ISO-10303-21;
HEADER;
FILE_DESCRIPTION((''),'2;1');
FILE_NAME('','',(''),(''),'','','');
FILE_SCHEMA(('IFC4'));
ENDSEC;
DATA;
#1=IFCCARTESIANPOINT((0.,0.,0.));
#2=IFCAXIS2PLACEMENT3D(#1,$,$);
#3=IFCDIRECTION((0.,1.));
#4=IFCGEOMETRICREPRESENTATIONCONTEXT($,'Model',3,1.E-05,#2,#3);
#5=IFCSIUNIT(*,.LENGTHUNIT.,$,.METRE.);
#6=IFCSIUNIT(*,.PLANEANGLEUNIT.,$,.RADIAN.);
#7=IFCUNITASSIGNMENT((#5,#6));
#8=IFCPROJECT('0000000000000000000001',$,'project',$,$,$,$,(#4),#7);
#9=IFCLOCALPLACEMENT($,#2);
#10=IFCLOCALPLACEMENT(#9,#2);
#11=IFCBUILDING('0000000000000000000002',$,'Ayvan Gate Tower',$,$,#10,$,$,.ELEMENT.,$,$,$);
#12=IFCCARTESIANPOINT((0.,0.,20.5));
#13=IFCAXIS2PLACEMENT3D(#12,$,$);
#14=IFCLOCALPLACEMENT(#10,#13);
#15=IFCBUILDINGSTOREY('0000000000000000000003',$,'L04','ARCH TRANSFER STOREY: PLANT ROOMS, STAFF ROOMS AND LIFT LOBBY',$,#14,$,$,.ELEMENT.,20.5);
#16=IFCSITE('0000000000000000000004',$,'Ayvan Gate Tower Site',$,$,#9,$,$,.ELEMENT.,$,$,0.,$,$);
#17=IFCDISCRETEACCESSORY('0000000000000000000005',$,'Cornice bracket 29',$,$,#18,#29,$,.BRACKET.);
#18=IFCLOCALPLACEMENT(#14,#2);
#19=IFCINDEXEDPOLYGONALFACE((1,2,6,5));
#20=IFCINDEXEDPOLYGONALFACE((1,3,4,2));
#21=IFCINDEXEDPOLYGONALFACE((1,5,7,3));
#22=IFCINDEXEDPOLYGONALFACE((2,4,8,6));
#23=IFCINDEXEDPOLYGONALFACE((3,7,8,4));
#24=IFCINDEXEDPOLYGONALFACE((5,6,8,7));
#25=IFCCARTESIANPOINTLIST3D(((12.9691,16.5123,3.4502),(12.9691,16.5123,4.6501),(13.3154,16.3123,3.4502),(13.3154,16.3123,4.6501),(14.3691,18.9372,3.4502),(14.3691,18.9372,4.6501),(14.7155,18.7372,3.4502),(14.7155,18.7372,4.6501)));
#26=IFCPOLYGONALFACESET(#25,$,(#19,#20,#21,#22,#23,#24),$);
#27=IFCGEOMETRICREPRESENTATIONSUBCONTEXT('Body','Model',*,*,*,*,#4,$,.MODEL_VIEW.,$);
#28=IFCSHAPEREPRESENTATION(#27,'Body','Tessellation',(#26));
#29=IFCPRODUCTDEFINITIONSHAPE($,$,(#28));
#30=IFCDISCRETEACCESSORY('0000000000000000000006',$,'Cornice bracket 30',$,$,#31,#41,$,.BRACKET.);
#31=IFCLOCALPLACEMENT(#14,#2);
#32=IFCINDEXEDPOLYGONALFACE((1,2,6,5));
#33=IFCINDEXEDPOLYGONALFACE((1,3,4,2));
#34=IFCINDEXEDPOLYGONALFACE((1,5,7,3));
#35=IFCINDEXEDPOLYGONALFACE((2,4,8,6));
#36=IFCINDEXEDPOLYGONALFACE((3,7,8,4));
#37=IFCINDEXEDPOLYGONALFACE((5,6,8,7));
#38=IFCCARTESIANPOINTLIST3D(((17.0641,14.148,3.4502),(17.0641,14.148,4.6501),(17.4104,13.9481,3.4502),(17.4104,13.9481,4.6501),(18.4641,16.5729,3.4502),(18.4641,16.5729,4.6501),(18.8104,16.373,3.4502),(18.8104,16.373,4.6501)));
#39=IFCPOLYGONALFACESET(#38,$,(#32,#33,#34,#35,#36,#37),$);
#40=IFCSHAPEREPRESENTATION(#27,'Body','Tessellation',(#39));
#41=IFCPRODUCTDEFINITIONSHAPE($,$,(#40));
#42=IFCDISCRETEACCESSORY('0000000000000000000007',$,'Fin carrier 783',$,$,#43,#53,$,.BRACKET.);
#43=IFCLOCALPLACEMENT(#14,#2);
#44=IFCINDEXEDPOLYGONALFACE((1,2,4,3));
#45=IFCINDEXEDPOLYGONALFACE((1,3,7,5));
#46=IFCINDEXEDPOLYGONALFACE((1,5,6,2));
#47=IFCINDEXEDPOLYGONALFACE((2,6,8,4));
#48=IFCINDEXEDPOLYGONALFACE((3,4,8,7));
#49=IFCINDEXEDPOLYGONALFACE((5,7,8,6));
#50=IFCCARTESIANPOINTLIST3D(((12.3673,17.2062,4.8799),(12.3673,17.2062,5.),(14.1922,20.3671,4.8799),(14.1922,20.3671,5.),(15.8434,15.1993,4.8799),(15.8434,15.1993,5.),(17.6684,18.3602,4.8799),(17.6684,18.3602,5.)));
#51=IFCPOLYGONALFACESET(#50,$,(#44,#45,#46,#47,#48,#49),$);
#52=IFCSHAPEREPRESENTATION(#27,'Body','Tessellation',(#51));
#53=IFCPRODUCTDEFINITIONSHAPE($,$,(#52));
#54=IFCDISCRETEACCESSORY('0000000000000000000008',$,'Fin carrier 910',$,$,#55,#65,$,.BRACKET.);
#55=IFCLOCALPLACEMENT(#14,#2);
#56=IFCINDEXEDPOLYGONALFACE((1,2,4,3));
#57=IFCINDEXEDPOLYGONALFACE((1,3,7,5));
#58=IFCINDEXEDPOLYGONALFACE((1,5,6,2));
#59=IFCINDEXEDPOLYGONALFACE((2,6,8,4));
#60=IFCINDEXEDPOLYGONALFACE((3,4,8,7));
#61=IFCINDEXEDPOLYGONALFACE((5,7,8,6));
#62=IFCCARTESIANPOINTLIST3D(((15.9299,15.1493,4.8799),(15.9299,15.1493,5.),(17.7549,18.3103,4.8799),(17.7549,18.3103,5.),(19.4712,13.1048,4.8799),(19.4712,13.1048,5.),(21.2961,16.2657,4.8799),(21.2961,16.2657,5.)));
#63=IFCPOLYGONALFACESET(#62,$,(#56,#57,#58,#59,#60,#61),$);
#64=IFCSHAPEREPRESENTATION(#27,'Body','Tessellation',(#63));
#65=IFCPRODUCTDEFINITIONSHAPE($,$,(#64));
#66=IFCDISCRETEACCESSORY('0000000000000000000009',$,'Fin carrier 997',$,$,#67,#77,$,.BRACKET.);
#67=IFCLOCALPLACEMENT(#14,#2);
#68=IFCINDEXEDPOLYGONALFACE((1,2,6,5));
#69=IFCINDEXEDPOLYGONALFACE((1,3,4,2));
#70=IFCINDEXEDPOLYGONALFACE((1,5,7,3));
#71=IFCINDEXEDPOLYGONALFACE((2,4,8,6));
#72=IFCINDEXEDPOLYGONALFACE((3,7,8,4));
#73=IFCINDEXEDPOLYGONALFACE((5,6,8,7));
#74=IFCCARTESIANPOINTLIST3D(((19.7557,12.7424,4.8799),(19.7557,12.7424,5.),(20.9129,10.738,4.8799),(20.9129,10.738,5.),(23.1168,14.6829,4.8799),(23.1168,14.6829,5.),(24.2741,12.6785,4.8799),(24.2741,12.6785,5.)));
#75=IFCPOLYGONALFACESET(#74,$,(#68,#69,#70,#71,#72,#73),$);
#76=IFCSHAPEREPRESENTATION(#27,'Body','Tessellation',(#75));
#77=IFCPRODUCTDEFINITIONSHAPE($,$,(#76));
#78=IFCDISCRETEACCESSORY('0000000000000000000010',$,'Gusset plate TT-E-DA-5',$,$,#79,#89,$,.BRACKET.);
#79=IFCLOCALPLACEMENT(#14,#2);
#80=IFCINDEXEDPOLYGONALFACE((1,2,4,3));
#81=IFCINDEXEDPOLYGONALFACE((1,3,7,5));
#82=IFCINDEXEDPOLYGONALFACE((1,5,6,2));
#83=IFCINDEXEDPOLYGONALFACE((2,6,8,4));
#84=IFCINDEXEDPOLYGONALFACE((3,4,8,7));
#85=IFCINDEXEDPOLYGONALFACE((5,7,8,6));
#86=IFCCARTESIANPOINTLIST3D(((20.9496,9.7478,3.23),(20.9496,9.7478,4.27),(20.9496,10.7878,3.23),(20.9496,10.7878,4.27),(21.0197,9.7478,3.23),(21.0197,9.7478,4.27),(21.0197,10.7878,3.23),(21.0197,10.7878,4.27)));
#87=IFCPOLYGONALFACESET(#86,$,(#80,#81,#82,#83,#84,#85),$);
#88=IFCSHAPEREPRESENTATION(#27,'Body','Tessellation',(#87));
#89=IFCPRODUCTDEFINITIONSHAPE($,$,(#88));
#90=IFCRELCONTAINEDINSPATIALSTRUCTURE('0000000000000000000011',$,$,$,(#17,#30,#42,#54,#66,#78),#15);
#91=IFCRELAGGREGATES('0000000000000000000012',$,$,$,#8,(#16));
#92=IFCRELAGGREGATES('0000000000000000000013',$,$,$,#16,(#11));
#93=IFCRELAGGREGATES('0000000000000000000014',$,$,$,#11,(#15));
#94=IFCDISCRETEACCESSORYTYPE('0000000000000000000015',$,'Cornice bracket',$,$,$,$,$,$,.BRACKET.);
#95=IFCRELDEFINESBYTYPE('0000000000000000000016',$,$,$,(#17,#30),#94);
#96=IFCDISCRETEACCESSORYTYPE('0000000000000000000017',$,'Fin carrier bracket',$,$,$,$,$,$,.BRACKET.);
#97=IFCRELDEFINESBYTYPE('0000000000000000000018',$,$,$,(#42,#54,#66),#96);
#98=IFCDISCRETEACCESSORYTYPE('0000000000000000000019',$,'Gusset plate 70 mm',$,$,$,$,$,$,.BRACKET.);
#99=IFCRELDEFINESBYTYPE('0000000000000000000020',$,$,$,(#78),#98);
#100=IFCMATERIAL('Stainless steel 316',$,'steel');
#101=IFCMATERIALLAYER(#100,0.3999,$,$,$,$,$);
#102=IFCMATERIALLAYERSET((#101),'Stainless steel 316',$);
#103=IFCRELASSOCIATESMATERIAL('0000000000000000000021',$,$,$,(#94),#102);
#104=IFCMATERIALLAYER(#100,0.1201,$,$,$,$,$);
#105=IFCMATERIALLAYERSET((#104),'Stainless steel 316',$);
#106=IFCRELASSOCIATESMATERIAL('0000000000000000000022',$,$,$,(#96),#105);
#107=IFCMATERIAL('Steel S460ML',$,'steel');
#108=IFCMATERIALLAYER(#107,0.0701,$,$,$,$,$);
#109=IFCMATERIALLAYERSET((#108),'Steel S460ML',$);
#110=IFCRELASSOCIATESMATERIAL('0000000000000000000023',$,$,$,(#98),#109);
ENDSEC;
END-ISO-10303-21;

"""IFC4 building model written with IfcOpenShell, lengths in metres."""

from ifc_helpers import new_model, si_unit, direction, frame, origin, origin_2d, place, context, subcontext, project, spatial, rectangle, extrude, material, layer, layer_set, type_object, element, save


model = new_model("IFC4")

# Units and contexts
model_context = context("Model", 3, precision=1e-05, world=origin(), true_north=direction((0.0, 1.0)))
body_context = subcontext(model_context, "Body", "Model", "MODEL_VIEW")
ifc_project = project(units=[si_unit("LENGTHUNIT", "METRE"), si_unit("PLANEANGLEUNIT", "RADIAN")], contexts=[model_context])

# Site, building, storey
site_placement = place(None, origin())
site = spatial("IfcSite", under=ifc_project, at=site_placement, Name="Ayvan Gate Tower Site", CompositionType="ELEMENT", RefElevation=0.0)
building_placement = place(site_placement, origin())
building = spatial("IfcBuilding", under=site, at=building_placement, Name="Ayvan Gate Tower", CompositionType="ELEMENT")
storey_placement = place(building_placement, frame((0.0, 0.0, 20.5)))
storey = spatial("IfcBuildingStorey", under=building, at=storey_placement, Name="L04", Description="ARCH TRANSFER STOREY: PLANT ROOMS, STAFF ROOMS AND LIFT LOBBY", CompositionType="ELEMENT", Elevation=20.5)

# Shared definitions
ifc_material_1 = material(Name="Steel S460ML", Category="steel")

# Discrete accessories
ifc_material_2 = material(Name="Stainless steel 316", Category="steel")
ifc_layer_1 = layer(ifc_material_2, 0.3999)
ifc_layer_set_1 = layer_set([ifc_layer_1], Name="Stainless steel 316")
discrete_accessory_type_1 = type_object("IfcDiscreteAccessoryType", Name="Cornice bracket", PredefinedType="BRACKET", material=ifc_layer_set_1)
for number, where, z_axis, x_axis, name in (
    (1, (13.8423, 17.6248, 3.4502), (0.0, 0.0, 1.0), (0.5, 0.866025, 0.0), "Cornice bracket 29"),
    (2, (17.9373, 15.2605, 3.4502), (0.0, 0.0, 1.0), (0.5, 0.866025, 0.0), "Cornice bracket 30"),
):
    element("IfcDiscreteAccessory", number, at=place(storey_placement, frame(where, z_axis=z_axis, x_axis=x_axis)), inside=storey, type_object=discrete_accessory_type_1, Name=name, PredefinedType="BRACKET", context=body_context, shape_type="SweptSolid", body=[
        extrude(rectangle(XDim=2.8, YDim=0.3999, at=origin_2d()), origin(), (0.0, 0.0, 1.0), 1.2),
    ])
ifc_layer_2 = layer(ifc_material_2, 0.1201)
ifc_layer_set_2 = layer_set([ifc_layer_2], Name="Stainless steel 316")
discrete_accessory_type_2 = type_object("IfcDiscreteAccessoryType", Name="Fin carrier bracket", PredefinedType="BRACKET", material=ifc_layer_set_2)
discrete_accessory_1_placement = place(storey_placement, frame((15.0178, 17.7832, 4.8799), z_axis=(0.0, 0.0, 1.0), x_axis=(-0.866025, 0.5, 0.0)))
element("IfcDiscreteAccessory", 3, at=discrete_accessory_1_placement, inside=storey, type_object=discrete_accessory_type_2, Name="Fin carrier 783", PredefinedType="BRACKET", context=body_context, shape_type="SweptSolid", body=[
    extrude(rectangle(XDim=4.0139, YDim=3.6499, at=origin_2d()), origin(), (0.0, 0.0, 1.0), 0.1201),
])
discrete_accessory_2_placement = place(storey_placement, frame((18.613, 15.7075, 4.8799), z_axis=(0.0, 0.0, 1.0), x_axis=(-0.866025, 0.5, 0.0)))
element("IfcDiscreteAccessory", 4, at=discrete_accessory_2_placement, inside=storey, type_object=discrete_accessory_type_2, Name="Fin carrier 910", PredefinedType="BRACKET", context=body_context, shape_type="SweptSolid", body=[
    extrude(rectangle(XDim=4.0891, YDim=3.6499, at=origin_2d()), origin(), (0.0, 0.0, 1.0), 0.1201),
])
discrete_accessory_3_placement = place(storey_placement, frame((22.0149, 12.7104, 4.8799), z_axis=(0.0, 0.0, 1.0), x_axis=(-0.5, 0.866025, 0.0)))
element("IfcDiscreteAccessory", 5, at=discrete_accessory_3_placement, inside=storey, type_object=discrete_accessory_type_2, Name="Fin carrier 997", PredefinedType="BRACKET", context=body_context, shape_type="SweptSolid", body=[
    extrude(rectangle(XDim=2.3145, YDim=3.8811, at=origin_2d()), origin(), (0.0, 0.0, 1.0), 0.1201),
])
ifc_layer_3 = layer(ifc_material_1, 0.0701)
ifc_layer_set_3 = layer_set([ifc_layer_3], Name="Steel S460ML")
discrete_accessory_type_3 = type_object("IfcDiscreteAccessoryType", Name="Gusset plate 70 mm", PredefinedType="BRACKET", material=ifc_layer_set_3)
discrete_accessory_4_placement = place(storey_placement, frame((20.9846, 10.2678, 3.23), z_axis=(0.0, 0.0, 1.0), x_axis=(0.0, 1.0, 0.0)))
element("IfcDiscreteAccessory", 6, at=discrete_accessory_4_placement, inside=storey, type_object=discrete_accessory_type_3, Name="Gusset plate TT-E-DA-5", PredefinedType="BRACKET", context=body_context, shape_type="SweptSolid", body=[
    extrude(rectangle(XDim=1.04, YDim=0.0701, at=origin_2d()), origin(), (0.0, 0.0, 1.0), 1.04),
])

save(model, "model.ifc")
